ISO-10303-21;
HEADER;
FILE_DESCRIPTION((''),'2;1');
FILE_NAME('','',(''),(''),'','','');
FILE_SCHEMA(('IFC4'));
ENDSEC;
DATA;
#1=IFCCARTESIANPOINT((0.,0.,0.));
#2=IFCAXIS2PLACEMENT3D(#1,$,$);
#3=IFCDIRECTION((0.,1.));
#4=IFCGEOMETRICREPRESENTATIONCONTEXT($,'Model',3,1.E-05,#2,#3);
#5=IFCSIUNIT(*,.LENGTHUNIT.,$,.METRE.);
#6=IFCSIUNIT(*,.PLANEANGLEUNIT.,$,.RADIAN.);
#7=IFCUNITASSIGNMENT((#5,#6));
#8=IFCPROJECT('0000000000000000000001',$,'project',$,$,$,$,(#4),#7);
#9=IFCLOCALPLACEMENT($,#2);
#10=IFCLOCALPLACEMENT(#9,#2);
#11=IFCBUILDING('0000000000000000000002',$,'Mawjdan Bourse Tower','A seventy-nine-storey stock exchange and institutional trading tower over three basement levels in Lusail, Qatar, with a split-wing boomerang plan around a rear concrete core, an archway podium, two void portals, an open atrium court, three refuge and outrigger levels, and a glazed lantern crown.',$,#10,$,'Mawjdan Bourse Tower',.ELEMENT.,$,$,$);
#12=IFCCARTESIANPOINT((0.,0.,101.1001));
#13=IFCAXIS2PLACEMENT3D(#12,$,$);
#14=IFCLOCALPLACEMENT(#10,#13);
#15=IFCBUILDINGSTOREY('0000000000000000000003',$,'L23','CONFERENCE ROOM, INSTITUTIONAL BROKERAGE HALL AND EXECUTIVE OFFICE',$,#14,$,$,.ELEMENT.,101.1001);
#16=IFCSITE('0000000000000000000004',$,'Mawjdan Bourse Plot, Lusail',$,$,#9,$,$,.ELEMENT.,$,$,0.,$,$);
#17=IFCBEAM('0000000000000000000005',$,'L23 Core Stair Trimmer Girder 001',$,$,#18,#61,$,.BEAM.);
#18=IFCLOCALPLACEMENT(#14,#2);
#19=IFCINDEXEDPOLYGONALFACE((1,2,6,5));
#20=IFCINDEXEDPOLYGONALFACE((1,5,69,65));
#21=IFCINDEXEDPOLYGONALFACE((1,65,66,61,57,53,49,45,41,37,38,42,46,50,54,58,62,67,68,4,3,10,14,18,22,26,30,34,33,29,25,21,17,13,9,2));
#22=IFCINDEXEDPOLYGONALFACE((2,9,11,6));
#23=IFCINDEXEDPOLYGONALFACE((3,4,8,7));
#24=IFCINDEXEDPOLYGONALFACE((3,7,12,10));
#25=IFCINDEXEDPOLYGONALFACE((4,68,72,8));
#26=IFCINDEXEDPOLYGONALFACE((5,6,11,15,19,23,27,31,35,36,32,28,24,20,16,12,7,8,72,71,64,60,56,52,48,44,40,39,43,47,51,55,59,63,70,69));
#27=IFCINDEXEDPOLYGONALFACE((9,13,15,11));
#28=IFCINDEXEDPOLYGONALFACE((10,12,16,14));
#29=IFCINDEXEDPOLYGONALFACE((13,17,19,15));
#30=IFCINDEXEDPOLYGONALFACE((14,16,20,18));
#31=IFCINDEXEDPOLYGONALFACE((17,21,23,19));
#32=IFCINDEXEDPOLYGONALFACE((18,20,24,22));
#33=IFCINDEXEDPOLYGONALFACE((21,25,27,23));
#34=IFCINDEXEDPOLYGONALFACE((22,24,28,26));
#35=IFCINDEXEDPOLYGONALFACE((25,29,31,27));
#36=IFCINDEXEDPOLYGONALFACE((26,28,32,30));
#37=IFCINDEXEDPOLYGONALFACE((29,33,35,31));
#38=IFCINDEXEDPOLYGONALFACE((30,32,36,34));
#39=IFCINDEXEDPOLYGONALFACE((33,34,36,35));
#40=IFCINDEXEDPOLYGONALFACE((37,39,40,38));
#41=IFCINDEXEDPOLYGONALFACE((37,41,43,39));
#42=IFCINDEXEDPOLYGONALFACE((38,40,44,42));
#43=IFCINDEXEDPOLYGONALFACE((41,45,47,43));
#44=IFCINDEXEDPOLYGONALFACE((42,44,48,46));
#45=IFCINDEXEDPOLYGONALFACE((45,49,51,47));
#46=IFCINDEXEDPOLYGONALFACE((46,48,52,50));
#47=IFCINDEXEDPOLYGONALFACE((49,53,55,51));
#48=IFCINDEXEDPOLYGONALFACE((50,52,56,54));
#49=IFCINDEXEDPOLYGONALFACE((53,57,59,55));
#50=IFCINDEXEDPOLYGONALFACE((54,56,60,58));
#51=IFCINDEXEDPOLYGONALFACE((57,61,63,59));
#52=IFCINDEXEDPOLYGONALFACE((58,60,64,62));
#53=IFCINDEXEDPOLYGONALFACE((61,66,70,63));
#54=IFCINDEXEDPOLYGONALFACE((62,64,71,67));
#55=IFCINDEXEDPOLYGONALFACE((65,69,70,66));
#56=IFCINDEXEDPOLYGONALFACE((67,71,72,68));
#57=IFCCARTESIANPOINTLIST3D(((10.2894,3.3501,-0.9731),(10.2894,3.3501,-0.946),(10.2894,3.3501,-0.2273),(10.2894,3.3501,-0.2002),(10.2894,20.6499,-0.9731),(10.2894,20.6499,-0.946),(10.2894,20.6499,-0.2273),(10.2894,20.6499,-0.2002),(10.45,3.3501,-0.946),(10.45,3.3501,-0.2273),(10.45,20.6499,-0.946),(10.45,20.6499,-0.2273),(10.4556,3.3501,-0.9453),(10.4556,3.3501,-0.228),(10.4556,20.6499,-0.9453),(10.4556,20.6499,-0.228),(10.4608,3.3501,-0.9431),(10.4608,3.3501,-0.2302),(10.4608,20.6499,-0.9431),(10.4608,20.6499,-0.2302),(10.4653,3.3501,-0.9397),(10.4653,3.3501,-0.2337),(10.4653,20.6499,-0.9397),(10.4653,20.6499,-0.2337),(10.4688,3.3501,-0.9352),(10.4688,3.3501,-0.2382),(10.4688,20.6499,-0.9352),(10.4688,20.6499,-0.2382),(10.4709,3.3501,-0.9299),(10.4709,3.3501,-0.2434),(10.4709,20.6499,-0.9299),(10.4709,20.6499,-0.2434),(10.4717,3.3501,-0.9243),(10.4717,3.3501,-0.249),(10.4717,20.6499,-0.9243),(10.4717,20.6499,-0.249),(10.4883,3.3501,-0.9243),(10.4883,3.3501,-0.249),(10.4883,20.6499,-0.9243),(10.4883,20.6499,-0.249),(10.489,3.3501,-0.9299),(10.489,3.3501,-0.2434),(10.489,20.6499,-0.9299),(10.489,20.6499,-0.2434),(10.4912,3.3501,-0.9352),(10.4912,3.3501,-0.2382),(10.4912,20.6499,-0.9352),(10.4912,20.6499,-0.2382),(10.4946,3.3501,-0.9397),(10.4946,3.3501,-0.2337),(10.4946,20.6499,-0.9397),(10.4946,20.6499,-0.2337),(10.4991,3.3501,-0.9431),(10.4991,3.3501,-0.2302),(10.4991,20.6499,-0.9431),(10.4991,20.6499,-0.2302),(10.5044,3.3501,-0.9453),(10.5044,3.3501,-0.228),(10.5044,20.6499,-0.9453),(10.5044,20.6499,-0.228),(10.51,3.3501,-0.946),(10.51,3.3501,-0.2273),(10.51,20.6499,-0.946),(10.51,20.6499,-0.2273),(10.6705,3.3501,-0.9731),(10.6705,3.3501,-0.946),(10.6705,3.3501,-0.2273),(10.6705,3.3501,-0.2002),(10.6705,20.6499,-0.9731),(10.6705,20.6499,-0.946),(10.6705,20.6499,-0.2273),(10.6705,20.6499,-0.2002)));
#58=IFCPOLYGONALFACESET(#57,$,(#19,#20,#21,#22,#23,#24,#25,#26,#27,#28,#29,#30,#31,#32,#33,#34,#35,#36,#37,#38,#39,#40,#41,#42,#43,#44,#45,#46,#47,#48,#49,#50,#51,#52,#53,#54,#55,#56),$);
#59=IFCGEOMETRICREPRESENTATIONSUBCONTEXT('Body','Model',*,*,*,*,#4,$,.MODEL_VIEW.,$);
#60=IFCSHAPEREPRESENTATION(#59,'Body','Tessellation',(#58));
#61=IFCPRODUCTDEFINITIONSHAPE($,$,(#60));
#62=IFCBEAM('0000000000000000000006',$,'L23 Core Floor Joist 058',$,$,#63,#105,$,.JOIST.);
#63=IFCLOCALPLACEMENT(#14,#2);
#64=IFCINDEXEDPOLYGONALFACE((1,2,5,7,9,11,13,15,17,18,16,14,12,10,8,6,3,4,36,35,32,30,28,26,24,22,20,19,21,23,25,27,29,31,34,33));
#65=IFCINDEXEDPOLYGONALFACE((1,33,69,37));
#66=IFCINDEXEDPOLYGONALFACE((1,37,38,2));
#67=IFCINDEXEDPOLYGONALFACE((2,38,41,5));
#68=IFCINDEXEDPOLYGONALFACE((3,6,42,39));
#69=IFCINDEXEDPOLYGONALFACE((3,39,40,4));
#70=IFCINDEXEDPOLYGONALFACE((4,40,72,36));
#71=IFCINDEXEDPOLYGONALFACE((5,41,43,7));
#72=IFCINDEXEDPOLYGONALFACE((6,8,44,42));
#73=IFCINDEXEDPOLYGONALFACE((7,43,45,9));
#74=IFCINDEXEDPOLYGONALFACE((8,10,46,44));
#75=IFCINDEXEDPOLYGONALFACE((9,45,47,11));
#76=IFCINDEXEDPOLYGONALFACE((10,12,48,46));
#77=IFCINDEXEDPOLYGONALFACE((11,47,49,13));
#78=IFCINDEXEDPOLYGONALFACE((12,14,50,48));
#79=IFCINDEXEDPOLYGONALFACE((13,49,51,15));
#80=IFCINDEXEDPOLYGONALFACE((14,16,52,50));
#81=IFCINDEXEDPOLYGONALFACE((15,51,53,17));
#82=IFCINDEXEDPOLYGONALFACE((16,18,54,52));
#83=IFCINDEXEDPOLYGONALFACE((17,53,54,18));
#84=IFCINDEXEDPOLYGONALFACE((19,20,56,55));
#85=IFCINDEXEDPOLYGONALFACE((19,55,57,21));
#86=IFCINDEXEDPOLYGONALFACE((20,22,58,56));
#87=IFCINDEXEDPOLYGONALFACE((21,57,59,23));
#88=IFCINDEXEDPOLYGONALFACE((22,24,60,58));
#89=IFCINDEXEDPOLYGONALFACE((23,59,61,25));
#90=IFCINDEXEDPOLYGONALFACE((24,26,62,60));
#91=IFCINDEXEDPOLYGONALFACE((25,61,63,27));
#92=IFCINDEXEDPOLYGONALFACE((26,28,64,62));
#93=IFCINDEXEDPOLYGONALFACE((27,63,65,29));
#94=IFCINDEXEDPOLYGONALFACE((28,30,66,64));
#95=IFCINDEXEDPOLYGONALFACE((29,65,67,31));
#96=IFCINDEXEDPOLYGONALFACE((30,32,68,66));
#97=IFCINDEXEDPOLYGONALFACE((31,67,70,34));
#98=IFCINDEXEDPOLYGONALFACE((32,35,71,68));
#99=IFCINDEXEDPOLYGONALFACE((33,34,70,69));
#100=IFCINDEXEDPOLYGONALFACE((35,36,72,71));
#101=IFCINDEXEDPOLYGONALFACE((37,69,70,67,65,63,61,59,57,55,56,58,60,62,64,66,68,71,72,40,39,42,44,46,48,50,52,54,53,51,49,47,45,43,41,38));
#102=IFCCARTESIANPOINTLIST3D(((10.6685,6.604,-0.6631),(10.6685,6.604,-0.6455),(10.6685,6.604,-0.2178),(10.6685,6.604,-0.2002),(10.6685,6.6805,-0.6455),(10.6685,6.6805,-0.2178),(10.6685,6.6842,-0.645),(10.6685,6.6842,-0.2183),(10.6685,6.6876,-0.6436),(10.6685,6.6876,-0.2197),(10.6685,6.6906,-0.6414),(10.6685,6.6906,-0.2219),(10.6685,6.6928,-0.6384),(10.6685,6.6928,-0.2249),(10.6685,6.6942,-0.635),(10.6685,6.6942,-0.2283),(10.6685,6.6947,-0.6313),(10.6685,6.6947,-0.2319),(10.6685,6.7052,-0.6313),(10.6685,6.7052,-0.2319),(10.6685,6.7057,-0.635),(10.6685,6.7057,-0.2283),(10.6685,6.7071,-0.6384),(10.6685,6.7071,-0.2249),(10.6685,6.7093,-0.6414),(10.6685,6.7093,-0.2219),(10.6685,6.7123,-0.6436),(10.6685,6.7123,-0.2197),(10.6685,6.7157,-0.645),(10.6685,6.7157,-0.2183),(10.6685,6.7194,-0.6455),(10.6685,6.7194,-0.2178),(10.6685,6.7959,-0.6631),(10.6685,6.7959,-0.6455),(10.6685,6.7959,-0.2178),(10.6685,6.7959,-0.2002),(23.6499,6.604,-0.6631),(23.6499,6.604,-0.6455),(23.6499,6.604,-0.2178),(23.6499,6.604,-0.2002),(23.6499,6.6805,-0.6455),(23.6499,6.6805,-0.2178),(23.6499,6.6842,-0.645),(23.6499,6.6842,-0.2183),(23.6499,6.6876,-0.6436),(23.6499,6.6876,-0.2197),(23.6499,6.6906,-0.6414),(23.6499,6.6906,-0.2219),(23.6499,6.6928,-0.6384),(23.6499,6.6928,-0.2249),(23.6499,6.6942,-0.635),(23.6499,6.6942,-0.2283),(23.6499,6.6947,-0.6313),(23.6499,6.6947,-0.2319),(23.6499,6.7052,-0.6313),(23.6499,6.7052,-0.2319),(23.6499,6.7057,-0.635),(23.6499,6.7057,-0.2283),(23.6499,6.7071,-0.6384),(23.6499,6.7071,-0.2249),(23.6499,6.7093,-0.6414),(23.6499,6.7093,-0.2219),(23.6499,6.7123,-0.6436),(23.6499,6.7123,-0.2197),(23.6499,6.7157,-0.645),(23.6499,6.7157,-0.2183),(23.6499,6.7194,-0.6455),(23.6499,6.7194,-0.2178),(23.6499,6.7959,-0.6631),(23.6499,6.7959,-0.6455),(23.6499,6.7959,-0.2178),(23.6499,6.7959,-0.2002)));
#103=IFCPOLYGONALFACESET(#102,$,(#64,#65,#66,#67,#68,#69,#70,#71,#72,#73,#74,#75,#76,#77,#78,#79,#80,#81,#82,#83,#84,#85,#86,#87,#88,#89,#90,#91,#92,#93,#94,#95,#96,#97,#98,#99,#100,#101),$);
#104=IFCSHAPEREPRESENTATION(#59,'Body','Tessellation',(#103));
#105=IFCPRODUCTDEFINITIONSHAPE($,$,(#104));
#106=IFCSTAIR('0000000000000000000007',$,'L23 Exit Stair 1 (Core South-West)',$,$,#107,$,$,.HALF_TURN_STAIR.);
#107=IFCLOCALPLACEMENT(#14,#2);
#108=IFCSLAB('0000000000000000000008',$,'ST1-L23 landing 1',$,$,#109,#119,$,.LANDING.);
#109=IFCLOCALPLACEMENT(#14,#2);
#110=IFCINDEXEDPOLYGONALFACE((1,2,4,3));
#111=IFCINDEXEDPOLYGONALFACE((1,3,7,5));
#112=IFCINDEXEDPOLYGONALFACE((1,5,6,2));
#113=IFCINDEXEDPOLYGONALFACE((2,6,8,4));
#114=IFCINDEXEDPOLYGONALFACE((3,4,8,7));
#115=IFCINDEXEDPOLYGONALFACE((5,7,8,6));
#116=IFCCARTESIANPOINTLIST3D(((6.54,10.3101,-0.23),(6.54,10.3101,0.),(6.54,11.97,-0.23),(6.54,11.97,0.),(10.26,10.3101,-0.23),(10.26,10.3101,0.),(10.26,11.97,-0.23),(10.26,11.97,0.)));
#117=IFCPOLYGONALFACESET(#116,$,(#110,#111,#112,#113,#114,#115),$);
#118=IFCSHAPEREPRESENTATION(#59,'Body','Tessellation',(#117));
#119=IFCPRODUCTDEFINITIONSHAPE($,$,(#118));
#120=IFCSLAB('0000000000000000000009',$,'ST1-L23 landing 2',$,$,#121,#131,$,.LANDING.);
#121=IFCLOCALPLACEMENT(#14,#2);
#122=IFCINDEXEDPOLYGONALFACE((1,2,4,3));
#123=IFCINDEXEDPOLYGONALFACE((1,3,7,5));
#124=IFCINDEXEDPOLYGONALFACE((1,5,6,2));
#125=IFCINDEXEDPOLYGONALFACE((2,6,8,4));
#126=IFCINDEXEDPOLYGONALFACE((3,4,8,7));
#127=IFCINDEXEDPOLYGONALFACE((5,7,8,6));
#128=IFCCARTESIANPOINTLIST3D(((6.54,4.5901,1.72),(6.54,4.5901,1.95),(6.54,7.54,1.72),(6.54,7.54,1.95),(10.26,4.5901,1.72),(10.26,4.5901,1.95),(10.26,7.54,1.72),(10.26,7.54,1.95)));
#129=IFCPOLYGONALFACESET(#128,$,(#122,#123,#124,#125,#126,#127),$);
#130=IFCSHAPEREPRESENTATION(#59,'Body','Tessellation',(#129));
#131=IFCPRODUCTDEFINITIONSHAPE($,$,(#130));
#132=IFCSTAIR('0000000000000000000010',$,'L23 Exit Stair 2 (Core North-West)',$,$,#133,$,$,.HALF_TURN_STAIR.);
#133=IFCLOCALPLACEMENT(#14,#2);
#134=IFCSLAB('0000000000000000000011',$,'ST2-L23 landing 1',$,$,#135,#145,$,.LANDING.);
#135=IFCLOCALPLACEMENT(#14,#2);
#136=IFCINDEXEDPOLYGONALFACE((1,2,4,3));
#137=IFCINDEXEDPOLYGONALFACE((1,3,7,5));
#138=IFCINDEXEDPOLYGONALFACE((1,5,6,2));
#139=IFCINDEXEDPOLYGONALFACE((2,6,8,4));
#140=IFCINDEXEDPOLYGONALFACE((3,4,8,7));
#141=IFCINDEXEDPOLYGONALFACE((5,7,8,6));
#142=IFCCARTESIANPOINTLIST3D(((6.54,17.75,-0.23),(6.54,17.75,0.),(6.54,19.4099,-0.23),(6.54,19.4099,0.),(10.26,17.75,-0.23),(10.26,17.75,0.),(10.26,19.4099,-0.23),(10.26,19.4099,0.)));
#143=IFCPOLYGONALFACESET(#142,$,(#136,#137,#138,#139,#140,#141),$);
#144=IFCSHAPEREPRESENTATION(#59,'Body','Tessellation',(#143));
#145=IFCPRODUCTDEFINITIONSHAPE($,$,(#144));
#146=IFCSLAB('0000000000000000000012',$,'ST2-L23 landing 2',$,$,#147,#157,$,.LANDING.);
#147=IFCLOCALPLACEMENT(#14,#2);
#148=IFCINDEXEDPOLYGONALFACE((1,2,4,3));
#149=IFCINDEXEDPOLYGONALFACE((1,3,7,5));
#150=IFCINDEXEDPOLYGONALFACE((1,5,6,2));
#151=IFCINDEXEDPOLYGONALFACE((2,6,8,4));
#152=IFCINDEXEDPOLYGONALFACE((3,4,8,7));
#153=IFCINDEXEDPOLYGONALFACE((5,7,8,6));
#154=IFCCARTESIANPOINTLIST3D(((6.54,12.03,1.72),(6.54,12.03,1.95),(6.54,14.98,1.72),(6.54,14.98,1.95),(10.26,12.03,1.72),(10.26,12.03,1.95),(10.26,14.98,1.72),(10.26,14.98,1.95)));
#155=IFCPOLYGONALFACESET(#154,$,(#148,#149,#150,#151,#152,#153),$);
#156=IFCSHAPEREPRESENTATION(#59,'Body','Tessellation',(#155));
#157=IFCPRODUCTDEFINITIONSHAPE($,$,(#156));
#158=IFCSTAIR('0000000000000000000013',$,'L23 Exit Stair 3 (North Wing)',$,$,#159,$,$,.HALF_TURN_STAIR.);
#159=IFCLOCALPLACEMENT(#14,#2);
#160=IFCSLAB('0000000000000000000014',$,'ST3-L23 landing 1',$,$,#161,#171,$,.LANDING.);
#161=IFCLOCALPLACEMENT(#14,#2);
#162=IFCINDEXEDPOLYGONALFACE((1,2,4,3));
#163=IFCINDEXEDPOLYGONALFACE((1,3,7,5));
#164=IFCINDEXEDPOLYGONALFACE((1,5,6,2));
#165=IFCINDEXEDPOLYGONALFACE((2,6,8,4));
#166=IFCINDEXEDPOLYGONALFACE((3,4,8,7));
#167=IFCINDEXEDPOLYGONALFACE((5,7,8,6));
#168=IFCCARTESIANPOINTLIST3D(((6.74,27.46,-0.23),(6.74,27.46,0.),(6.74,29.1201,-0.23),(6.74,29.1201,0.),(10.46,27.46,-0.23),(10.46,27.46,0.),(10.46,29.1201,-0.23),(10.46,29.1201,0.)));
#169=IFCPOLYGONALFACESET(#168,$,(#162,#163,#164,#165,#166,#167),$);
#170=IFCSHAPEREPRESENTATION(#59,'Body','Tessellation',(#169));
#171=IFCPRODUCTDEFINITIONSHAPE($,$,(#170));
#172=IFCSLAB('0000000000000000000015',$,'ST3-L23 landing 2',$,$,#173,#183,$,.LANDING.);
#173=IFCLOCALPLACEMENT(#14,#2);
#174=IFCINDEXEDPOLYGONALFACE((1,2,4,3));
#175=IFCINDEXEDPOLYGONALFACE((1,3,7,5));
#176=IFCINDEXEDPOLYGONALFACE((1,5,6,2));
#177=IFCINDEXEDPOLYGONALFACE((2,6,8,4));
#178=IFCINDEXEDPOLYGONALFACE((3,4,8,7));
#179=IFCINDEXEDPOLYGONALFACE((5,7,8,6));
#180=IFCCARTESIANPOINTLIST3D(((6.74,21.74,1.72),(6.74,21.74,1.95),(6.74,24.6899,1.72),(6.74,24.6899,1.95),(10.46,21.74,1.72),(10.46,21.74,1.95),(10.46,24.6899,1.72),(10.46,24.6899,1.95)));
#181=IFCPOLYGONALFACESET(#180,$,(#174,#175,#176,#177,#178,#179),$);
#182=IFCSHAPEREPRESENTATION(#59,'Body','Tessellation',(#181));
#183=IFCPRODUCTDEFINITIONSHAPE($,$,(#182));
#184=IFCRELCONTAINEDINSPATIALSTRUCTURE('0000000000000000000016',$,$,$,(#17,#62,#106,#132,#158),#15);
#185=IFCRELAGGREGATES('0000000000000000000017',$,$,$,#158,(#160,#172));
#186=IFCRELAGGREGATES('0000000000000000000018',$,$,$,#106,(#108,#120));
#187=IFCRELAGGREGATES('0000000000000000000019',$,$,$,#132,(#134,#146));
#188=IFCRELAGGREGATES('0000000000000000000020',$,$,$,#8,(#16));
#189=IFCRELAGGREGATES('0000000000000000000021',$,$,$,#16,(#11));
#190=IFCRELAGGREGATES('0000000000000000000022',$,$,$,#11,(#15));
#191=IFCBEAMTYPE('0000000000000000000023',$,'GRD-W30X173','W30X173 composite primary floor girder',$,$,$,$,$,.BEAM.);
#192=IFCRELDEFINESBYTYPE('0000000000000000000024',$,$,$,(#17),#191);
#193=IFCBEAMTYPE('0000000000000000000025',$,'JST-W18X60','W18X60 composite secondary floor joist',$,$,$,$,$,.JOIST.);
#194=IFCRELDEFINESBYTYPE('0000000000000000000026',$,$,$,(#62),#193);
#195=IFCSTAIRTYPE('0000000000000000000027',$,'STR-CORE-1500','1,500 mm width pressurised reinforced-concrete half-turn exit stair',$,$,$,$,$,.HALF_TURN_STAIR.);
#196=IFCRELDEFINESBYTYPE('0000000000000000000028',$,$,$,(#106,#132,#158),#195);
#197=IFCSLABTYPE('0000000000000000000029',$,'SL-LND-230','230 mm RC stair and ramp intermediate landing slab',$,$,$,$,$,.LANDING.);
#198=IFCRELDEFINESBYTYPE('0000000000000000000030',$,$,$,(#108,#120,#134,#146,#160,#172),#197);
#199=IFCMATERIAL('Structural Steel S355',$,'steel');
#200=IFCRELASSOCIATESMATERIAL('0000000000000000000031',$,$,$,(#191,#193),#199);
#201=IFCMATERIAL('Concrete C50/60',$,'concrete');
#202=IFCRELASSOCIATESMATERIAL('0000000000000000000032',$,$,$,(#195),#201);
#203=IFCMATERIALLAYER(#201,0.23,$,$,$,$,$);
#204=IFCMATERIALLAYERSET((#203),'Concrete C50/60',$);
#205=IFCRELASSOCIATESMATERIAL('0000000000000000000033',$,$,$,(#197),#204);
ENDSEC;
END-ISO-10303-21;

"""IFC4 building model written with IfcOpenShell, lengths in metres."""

from ifc_helpers import new_model, si_unit, direction, frame, origin, origin_2d, place, context, subcontext, project, spatial, polyline, i_section, outline, extrude, material, layer, layer_set, material_profile, profile_set, type_object, element, aggregate, save


model = new_model("IFC4")

# Units and contexts
model_context = context("Model", 3, precision=1e-05, world=origin(), true_north=direction((0.0, 1.0)))
body_context = subcontext(model_context, "Body", "Model", "MODEL_VIEW")
ifc_project = project(units=[si_unit("LENGTHUNIT", "METRE"), si_unit("PLANEANGLEUNIT", "RADIAN")], contexts=[model_context])

# Site, building, storey
site_placement = place(None, origin())
site = spatial("IfcSite", under=ifc_project, at=site_placement, Name="Mawjdan Bourse Plot, Lusail", CompositionType="ELEMENT", RefElevation=0.0)
building_placement = place(site_placement, origin())
building = spatial("IfcBuilding", under=site, at=building_placement, Name="Mawjdan Bourse Tower", Description="A seventy-nine-storey stock exchange and institutional trading tower over three basement levels in Lusail, Qatar, with a split-wing boomerang plan around a rear concrete core, an archway podium, two void portals, an open atrium court, three refuge and outrigger levels, and a glazed lantern crown.", LongName="Mawjdan Bourse Tower", CompositionType="ELEMENT")
storey_placement = place(building_placement, frame((0.0, 0.0, 101.1001)))
storey = spatial("IfcBuildingStorey", under=building, at=storey_placement, Name="L23", Description="CONFERENCE ROOM, INSTITUTIONAL BROKERAGE HALL AND EXECUTIVE OFFICE", CompositionType="ELEMENT", Elevation=101.1001)

# Beams
ifc_material_1 = material(Name="Structural Steel S355", Category="steel")
ifc_material_profile_1 = material_profile(ifc_material_1, i_section(OverallWidth=0.3811, OverallDepth=0.7729, WebThickness=0.0166, FlangeThickness=0.0271, FilletRadius=0.0217, at=origin_2d()), Name="W30X173")
ifc_profile_set_1 = profile_set([ifc_material_profile_1], Name="Structural Steel S355")
beam_type_1 = type_object("IfcBeamType", Name="GRD-W30X173", Description="W30X173 composite primary floor girder", PredefinedType="BEAM", material=ifc_profile_set_1)
beam_1_placement = place(storey_placement, frame((10.48, 3.3501, -0.5867), z_axis=(0.0, 1.0, 0.0), x_axis=(-1.0, 0.0, 0.0)))
element("IfcBeam", 1, at=beam_1_placement, inside=storey, type_object=beam_type_1, Name="L23 Core Stair Trimmer Girder 001", PredefinedType="BEAM", context=body_context, shape_type="SweptSolid", body=[
    extrude(i_section(OverallWidth=0.3811, OverallDepth=0.7729, WebThickness=0.0166, FlangeThickness=0.0271, FilletRadius=0.0217, at=origin_2d()), origin(), (0.0, 0.0, 1.0), 17.2998),
])
ifc_material_profile_2 = material_profile(ifc_material_1, i_section(OverallWidth=0.1919, OverallDepth=0.4629, WebThickness=0.0105, FlangeThickness=0.0176, FilletRadius=0.0142, at=origin_2d()), Name="W18X60")
ifc_profile_set_2 = profile_set([ifc_material_profile_2], Name="Structural Steel S355")
beam_type_2 = type_object("IfcBeamType", Name="JST-W18X60", Description="W18X60 composite secondary floor joist", PredefinedType="JOIST", material=ifc_profile_set_2)
beam_2_placement = place(storey_placement, frame((10.6685, 6.7, -0.4316), z_axis=(1.0, 0.0, 0.0), x_axis=(0.0, 1.0, 0.0)))
element("IfcBeam", 2, at=beam_2_placement, inside=storey, type_object=beam_type_2, Name="L23 Core Floor Joist 058", PredefinedType="JOIST", context=body_context, shape_type="SweptSolid", body=[
    extrude(i_section(OverallWidth=0.1919, OverallDepth=0.4629, WebThickness=0.0105, FlangeThickness=0.0176, FilletRadius=0.0142, at=origin_2d()), origin(), (0.0, 0.0, 1.0), 12.9814),
])

# Stairs, slabs
ifc_material_2 = material(Name="Concrete C50/60", Category="concrete")
stair_type = type_object("IfcStairType", Name="STR-CORE-1500", Description="1,500 mm width pressurised reinforced-concrete half-turn exit stair", PredefinedType="HALF_TURN_STAIR", material=ifc_material_2)
stair_1_placement = place(storey_placement, origin())
stair_1 = element("IfcStair", 3, at=stair_1_placement, inside=storey, type_object=stair_type, Name="L23 Exit Stair 1 (Core South-West)", PredefinedType="HALF_TURN_STAIR")
ifc_layer_1 = layer(ifc_material_2, 0.23)
ifc_layer_set_1 = layer_set([ifc_layer_1], Name="Concrete C50/60")
slab_type_1 = type_object("IfcSlabType", Name="SL-LND-230", Description="230 mm RC stair and ramp intermediate landing slab", PredefinedType="LANDING", material=ifc_layer_set_1)
slab_1_placement = place(storey_placement, frame((0.0, 0.0, -0.23)))
slab_1 = element("IfcSlab", 4, at=slab_1_placement, type_object=slab_type_1, Name="ST1-L23 landing 1", PredefinedType="LANDING", context=body_context, shape_type="SweptSolid", body=[
    extrude(outline(polyline([(6.54, 10.3101), (10.26, 10.3101), (10.26, 11.97), (6.54, 11.97), (6.54, 10.3101)])), origin(), (0.0, 0.0, 1.0), 0.23),
])
slab_2_placement = place(storey_placement, frame((0.0, 0.0, 1.72)))
slab_2 = element("IfcSlab", 5, at=slab_2_placement, type_object=slab_type_1, Name="ST1-L23 landing 2", PredefinedType="LANDING", context=body_context, shape_type="SweptSolid", body=[
    extrude(outline(polyline([(6.54, 4.5901), (10.26, 4.5901), (10.26, 7.54), (6.54, 7.54), (6.54, 4.5901)])), origin(), (0.0, 0.0, 1.0), 0.23),
])
stair_2_placement = place(storey_placement, origin())
stair_2 = element("IfcStair", 6, at=stair_2_placement, inside=storey, type_object=stair_type, Name="L23 Exit Stair 2 (Core North-West)", PredefinedType="HALF_TURN_STAIR")
slab_3_placement = place(storey_placement, frame((0.0, 0.0, -0.23)))
slab_3 = element("IfcSlab", 7, at=slab_3_placement, type_object=slab_type_1, Name="ST2-L23 landing 1", PredefinedType="LANDING", context=body_context, shape_type="SweptSolid", body=[
    extrude(outline(polyline([(6.54, 17.75), (10.26, 17.75), (10.26, 19.4099), (6.54, 19.4099), (6.54, 17.75)])), origin(), (0.0, 0.0, 1.0), 0.23),
])
slab_4_placement = place(storey_placement, frame((0.0, 0.0, 1.72)))
slab_4 = element("IfcSlab", 8, at=slab_4_placement, type_object=slab_type_1, Name="ST2-L23 landing 2", PredefinedType="LANDING", context=body_context, shape_type="SweptSolid", body=[
    extrude(outline(polyline([(6.54, 12.03), (10.26, 12.03), (10.26, 14.98), (6.54, 14.98), (6.54, 12.03)])), origin(), (0.0, 0.0, 1.0), 0.23),
])
stair_3_placement = place(storey_placement, origin())
stair_3 = element("IfcStair", 9, at=stair_3_placement, inside=storey, type_object=stair_type, Name="L23 Exit Stair 3 (North Wing)", PredefinedType="HALF_TURN_STAIR")
slab_5_placement = place(storey_placement, frame((0.0, 0.0, -0.23)))
slab_5 = element("IfcSlab", 10, at=slab_5_placement, type_object=slab_type_1, Name="ST3-L23 landing 1", PredefinedType="LANDING", context=body_context, shape_type="SweptSolid", body=[
    extrude(outline(polyline([(6.74, 27.46), (10.46, 27.46), (10.46, 29.1201), (6.74, 29.1201), (6.74, 27.46)])), origin(), (0.0, 0.0, 1.0), 0.23),
])
slab_6_placement = place(storey_placement, frame((0.0, 0.0, 1.72)))
slab_6 = element("IfcSlab", 11, at=slab_6_placement, type_object=slab_type_1, Name="ST3-L23 landing 2", PredefinedType="LANDING", context=body_context, shape_type="SweptSolid", body=[
    extrude(outline(polyline([(6.74, 21.74), (10.46, 21.74), (10.46, 24.6899), (6.74, 24.6899), (6.74, 21.74)])), origin(), (0.0, 0.0, 1.0), 0.23),
])
aggregate(stair_3, [slab_5, slab_6])

aggregate(stair_1, [slab_1, slab_2])
aggregate(stair_2, [slab_3, slab_4])

save(model, "model.ifc")
